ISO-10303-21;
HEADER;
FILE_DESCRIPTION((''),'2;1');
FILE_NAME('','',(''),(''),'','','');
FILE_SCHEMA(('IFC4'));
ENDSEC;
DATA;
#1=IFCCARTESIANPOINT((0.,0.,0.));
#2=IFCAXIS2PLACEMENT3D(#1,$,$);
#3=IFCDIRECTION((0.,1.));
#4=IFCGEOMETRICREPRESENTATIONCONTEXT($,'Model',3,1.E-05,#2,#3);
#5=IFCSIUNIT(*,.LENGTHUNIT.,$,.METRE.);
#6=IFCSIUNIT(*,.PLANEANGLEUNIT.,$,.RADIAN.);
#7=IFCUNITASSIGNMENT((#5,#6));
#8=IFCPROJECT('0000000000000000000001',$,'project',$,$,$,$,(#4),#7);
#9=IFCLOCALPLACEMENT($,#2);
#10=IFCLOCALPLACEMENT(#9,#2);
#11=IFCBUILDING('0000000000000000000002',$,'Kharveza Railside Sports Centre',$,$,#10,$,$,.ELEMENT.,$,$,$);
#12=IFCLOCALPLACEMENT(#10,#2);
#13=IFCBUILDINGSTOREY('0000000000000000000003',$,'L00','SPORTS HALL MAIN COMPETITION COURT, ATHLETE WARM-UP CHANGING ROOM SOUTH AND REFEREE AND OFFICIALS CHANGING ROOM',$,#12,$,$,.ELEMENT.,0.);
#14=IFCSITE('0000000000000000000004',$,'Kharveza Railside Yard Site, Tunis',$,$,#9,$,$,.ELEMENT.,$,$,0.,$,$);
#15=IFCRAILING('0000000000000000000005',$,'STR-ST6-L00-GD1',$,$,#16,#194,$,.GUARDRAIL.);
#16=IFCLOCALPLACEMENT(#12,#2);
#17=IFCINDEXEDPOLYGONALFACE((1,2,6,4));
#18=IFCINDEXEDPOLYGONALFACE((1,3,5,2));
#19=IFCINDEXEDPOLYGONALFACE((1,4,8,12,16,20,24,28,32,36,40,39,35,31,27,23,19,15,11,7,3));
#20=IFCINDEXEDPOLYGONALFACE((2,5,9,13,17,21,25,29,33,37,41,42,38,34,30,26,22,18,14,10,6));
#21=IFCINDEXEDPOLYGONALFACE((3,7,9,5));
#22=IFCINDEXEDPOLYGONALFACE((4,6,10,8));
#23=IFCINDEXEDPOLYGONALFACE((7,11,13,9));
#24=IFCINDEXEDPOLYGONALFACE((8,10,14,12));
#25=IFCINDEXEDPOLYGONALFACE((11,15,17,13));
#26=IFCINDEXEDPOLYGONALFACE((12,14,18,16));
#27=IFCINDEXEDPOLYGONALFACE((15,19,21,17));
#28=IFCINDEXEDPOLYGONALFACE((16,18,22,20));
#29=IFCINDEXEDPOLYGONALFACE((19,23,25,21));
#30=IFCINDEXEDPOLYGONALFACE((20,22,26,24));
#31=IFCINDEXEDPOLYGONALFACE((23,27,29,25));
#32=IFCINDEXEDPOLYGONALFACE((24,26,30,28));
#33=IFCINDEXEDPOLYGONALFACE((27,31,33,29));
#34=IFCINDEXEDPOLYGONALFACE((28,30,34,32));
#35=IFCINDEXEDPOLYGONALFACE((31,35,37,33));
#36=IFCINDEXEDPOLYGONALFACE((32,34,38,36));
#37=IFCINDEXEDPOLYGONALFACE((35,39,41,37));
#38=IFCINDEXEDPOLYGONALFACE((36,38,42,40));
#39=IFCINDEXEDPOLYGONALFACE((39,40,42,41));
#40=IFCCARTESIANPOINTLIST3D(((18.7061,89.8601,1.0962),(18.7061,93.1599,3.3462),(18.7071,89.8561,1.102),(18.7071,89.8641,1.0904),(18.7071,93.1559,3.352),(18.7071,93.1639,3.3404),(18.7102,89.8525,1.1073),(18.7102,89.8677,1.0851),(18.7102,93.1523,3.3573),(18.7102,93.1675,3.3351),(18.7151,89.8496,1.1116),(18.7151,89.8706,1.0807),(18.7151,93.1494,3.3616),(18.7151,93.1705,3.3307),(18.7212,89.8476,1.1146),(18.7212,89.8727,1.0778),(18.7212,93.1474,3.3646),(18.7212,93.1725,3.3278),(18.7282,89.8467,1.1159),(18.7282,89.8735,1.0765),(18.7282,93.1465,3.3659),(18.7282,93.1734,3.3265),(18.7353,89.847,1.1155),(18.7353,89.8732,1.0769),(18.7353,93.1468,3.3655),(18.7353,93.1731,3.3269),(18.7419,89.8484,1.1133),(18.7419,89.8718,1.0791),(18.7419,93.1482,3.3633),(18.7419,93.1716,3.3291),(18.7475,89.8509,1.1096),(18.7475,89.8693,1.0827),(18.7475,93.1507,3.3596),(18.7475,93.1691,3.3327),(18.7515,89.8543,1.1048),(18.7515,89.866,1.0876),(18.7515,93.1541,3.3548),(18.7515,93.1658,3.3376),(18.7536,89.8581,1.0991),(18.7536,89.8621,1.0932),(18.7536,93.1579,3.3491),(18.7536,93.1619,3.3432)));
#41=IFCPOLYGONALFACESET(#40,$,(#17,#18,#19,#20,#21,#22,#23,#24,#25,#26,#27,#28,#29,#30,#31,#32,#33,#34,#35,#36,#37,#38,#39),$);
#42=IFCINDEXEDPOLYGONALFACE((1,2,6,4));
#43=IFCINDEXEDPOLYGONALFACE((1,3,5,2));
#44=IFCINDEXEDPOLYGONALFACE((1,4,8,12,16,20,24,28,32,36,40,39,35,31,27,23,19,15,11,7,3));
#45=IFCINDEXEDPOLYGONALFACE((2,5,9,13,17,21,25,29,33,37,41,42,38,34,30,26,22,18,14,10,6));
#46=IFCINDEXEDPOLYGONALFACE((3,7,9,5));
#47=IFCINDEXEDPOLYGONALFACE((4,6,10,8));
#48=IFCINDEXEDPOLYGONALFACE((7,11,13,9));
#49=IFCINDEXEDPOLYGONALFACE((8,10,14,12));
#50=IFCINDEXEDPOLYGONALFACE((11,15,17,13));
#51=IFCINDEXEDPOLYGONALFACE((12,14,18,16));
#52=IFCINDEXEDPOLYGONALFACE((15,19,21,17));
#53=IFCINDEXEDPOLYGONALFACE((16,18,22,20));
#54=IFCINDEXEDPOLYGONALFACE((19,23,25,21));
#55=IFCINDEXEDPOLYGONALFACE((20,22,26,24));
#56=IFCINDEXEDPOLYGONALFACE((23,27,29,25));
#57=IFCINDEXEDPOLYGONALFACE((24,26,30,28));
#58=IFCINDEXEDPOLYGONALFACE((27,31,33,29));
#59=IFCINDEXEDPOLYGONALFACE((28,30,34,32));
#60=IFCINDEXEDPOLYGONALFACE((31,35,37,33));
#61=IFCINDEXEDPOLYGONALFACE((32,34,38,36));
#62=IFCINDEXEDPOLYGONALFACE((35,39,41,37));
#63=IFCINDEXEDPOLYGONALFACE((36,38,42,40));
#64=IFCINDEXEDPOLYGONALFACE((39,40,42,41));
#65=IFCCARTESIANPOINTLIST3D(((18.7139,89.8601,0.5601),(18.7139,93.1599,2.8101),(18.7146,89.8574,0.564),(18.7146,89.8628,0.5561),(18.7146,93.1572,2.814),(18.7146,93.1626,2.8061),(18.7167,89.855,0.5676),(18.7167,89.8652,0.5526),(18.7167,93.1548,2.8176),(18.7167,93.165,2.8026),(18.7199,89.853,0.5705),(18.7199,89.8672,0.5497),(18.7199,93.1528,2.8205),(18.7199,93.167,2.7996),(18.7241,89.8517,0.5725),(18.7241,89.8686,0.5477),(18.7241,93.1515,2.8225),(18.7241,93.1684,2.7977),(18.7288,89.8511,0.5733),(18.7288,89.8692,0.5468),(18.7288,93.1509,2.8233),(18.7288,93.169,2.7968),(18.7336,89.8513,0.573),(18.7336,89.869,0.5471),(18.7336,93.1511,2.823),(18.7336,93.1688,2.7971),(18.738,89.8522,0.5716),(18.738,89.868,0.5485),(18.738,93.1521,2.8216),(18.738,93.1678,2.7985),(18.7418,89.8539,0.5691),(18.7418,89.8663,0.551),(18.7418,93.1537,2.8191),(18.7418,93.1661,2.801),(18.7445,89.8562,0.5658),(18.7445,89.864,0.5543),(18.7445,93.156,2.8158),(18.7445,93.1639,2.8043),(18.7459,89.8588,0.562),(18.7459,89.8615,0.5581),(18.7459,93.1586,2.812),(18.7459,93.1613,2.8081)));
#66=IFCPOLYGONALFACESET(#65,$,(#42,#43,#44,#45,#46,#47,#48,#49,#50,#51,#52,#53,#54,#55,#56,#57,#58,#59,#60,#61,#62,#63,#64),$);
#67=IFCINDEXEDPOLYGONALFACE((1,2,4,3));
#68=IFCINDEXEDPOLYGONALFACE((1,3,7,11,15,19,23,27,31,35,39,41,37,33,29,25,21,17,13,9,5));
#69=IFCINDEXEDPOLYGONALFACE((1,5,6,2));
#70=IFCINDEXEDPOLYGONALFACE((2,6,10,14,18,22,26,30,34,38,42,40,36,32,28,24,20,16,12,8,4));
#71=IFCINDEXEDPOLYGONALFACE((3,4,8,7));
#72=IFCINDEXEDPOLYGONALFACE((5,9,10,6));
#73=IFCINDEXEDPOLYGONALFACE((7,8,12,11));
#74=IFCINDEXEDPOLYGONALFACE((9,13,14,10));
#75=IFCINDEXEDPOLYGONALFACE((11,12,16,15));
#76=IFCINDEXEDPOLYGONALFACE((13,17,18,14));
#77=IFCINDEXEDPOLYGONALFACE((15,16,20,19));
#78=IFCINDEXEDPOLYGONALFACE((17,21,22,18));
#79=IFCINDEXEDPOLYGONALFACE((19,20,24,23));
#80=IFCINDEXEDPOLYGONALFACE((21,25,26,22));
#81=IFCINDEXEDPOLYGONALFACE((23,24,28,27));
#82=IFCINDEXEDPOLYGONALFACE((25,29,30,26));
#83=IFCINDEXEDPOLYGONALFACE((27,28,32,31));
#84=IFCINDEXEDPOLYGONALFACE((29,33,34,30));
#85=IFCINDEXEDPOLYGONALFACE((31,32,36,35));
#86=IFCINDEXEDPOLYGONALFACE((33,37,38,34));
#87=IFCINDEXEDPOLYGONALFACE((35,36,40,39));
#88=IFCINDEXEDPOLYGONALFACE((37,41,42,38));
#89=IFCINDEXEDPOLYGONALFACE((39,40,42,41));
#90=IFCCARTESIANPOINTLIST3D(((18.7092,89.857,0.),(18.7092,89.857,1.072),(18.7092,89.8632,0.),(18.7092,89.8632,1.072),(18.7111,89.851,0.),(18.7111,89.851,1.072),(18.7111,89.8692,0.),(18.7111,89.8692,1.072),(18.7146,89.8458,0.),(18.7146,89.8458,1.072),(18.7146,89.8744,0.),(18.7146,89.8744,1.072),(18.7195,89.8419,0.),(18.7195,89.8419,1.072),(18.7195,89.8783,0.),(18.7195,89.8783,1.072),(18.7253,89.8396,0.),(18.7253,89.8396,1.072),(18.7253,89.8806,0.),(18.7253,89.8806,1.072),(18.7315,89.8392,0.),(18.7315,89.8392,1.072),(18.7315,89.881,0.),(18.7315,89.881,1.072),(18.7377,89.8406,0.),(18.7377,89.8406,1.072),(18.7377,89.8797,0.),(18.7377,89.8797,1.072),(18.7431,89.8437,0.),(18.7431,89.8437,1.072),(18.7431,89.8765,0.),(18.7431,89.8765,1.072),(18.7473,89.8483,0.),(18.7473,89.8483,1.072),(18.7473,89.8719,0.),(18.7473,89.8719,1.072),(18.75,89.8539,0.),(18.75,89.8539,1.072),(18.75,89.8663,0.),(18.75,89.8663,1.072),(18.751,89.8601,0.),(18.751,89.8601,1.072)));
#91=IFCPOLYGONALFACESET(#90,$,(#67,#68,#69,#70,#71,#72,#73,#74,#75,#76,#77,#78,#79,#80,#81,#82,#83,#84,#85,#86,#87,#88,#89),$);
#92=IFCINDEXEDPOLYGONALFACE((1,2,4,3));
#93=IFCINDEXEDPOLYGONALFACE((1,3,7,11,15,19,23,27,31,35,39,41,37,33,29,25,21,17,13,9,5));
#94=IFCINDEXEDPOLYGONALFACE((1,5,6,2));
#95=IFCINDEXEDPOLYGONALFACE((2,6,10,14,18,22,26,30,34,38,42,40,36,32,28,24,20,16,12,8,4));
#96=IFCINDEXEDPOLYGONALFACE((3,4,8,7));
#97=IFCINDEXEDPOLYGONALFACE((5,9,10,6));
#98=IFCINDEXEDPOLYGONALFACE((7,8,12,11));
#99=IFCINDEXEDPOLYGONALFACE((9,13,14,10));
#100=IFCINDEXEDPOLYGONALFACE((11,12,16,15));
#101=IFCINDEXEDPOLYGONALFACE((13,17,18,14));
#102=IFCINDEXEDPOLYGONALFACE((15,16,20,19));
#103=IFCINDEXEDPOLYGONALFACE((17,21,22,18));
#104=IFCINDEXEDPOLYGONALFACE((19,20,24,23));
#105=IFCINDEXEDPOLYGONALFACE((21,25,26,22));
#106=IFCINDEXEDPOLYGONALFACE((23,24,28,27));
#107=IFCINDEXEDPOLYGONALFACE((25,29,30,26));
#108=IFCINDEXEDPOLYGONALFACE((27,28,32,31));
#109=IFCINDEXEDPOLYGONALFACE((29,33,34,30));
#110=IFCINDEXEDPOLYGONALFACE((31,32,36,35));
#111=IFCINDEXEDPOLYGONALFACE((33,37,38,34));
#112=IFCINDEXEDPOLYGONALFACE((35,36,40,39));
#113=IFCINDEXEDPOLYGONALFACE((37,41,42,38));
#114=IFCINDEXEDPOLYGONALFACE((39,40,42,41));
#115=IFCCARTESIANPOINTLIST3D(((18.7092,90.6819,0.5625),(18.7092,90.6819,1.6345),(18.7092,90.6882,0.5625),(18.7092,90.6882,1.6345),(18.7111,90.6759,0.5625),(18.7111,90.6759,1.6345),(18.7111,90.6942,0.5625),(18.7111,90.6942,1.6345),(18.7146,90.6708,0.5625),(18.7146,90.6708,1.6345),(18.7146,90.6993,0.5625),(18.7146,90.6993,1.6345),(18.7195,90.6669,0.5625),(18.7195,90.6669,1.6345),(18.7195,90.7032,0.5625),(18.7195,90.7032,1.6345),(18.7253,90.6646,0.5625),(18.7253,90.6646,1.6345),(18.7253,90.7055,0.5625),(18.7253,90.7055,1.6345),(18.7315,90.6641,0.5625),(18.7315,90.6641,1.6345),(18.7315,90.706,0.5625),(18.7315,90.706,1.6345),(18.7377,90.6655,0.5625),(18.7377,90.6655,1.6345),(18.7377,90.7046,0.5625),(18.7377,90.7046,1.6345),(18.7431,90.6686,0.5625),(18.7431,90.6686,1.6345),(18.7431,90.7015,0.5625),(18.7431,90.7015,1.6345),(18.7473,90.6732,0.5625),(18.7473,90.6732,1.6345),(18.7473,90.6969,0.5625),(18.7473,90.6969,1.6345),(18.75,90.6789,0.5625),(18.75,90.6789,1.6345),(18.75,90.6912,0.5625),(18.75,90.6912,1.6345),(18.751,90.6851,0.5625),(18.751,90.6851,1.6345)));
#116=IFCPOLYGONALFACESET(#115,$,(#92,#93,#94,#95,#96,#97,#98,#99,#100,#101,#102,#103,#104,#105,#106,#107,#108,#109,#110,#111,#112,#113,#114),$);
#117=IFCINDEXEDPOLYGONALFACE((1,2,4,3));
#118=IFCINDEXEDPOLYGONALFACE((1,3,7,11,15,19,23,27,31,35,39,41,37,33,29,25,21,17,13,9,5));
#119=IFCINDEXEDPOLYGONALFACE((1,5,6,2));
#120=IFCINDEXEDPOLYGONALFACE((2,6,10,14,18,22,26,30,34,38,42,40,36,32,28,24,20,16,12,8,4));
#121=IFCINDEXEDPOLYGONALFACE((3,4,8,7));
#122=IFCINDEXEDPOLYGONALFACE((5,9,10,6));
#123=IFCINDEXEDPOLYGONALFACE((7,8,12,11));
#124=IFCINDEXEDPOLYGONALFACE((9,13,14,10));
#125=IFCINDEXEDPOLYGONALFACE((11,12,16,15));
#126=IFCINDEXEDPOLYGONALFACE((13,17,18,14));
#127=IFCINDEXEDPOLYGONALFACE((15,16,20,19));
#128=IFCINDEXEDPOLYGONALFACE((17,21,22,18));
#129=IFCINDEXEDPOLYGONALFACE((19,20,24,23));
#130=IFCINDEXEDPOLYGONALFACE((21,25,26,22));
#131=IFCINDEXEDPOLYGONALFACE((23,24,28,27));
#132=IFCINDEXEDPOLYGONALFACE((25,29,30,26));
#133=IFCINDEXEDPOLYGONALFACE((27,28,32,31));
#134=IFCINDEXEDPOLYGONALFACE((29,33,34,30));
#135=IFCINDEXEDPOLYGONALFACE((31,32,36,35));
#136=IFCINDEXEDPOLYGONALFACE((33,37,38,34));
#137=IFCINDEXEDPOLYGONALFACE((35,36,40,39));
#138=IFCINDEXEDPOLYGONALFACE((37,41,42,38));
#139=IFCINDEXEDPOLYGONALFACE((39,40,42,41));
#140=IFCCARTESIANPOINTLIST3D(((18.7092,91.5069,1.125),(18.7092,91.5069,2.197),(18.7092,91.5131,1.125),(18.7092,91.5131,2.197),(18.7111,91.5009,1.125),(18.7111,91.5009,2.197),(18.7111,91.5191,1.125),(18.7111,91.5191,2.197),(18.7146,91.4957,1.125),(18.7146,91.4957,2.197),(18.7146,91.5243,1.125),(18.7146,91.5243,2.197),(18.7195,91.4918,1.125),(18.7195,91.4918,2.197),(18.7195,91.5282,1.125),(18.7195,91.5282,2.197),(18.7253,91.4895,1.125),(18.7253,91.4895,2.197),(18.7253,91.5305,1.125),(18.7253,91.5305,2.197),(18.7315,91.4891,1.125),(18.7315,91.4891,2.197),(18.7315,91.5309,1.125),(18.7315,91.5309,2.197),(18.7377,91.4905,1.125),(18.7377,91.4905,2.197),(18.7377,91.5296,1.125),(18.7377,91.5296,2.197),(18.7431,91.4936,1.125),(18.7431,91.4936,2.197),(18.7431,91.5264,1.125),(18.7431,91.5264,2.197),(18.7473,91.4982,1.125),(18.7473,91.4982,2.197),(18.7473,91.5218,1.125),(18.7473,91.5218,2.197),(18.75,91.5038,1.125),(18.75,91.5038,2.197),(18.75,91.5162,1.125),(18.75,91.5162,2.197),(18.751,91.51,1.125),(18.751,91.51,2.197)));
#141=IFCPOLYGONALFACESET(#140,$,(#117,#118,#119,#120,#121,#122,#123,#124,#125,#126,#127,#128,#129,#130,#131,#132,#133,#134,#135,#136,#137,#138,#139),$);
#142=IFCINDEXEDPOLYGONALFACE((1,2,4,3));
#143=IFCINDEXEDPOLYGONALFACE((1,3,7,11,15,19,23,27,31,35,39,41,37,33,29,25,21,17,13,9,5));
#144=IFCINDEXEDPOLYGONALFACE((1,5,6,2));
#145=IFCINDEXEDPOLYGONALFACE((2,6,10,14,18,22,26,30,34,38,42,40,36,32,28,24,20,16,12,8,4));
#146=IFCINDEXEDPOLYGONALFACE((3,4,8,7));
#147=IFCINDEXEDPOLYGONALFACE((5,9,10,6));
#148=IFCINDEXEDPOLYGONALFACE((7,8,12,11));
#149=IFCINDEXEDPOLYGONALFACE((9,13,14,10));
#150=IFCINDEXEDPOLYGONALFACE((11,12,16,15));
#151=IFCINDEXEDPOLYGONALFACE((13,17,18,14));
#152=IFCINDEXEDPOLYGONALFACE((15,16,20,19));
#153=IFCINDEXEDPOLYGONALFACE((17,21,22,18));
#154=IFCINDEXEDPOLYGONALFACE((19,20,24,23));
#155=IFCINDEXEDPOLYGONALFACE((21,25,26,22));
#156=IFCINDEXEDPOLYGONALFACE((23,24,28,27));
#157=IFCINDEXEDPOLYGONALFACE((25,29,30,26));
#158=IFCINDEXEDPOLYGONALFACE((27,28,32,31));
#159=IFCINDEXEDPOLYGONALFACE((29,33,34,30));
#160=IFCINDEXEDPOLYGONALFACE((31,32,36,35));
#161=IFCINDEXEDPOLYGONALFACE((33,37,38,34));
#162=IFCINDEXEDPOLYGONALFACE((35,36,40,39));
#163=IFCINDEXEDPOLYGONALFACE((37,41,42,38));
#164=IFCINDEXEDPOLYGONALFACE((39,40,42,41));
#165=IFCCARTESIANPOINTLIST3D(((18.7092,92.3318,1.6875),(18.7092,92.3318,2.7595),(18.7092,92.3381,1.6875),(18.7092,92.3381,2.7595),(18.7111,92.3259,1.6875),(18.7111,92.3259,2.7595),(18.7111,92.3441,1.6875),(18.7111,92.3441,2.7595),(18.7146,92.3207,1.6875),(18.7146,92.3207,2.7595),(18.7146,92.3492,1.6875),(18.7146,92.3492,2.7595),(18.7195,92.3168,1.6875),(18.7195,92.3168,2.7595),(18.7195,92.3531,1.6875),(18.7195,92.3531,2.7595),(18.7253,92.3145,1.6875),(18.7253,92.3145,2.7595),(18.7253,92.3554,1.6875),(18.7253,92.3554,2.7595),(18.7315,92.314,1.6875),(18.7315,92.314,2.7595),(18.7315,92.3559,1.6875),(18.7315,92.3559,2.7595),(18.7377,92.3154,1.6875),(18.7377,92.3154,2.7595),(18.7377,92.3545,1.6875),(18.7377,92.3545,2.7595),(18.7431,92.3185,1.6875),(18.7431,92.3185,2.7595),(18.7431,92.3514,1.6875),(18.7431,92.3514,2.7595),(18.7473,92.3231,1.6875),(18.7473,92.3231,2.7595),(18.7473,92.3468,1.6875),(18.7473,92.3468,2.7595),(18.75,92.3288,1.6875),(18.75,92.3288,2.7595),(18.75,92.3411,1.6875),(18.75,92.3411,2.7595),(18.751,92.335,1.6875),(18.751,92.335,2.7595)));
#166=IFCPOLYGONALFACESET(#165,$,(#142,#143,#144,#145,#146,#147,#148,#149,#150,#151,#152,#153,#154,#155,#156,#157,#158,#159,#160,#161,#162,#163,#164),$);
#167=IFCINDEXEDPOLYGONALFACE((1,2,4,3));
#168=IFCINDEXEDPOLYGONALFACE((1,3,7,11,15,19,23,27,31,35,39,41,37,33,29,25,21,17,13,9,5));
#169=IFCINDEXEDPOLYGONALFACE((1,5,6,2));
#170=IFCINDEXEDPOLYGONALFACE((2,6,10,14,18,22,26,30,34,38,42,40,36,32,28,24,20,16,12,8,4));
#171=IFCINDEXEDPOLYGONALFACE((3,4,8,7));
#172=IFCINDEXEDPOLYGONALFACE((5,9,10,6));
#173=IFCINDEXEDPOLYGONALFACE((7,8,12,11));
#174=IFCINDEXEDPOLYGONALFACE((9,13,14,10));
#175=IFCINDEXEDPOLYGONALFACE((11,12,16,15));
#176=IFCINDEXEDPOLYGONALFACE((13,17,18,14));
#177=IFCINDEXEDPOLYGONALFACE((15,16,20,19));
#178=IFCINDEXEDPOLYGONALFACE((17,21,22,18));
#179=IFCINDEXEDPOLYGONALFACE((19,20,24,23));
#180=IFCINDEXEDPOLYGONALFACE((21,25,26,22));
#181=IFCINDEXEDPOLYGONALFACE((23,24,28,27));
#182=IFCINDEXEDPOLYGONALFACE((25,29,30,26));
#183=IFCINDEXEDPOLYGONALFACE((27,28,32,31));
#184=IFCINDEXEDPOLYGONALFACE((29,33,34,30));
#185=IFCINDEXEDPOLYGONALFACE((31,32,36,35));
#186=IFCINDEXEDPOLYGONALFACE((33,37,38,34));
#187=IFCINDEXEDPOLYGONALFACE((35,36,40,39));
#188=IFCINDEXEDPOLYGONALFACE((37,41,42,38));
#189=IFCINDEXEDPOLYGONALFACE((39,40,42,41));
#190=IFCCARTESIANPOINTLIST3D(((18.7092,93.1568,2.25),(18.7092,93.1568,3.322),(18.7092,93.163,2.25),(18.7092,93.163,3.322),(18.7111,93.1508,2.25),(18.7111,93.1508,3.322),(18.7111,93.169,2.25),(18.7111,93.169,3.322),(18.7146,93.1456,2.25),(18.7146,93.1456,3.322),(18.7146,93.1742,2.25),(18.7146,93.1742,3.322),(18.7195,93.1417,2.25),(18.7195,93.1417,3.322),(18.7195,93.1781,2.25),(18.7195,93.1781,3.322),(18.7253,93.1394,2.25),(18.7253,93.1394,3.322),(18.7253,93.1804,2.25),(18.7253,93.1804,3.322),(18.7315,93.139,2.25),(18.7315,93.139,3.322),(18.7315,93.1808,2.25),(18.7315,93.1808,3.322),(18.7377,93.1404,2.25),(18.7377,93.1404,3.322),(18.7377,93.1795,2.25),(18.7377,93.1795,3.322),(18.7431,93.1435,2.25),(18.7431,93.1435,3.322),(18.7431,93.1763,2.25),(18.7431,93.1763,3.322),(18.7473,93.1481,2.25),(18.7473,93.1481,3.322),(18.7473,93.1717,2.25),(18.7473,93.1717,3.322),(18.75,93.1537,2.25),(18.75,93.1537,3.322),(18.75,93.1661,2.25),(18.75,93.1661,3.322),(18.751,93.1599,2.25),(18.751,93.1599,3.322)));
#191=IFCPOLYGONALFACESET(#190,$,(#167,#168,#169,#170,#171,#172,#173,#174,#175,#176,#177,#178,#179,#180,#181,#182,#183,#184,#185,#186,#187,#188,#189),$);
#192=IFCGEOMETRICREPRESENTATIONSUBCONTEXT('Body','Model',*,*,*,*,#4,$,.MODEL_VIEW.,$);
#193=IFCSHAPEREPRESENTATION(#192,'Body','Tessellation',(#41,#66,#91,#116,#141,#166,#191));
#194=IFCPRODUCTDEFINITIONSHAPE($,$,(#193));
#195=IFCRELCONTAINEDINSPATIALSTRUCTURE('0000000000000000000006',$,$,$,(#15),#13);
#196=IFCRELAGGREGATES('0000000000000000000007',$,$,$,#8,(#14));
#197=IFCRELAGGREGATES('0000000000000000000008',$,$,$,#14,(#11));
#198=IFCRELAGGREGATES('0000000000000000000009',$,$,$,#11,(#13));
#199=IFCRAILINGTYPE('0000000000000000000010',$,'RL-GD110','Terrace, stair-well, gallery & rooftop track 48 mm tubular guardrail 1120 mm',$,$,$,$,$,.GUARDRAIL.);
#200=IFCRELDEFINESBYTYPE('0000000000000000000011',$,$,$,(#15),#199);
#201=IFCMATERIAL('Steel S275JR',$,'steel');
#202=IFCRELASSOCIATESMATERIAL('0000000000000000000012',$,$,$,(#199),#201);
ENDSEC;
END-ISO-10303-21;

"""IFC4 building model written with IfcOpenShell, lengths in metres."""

from ifc_helpers import new_model, si_unit, direction, frame, origin, origin_2d, place, context, subcontext, project, spatial, circle, extrude, material, type_object, element, save


model = new_model("IFC4")

# Units and contexts
model_context = context("Model", 3, precision=1e-05, world=origin(), true_north=direction((0.0, 1.0)))
body_context = subcontext(model_context, "Body", "Model", "MODEL_VIEW")
ifc_project = project(units=[si_unit("LENGTHUNIT", "METRE"), si_unit("PLANEANGLEUNIT", "RADIAN")], contexts=[model_context])

# Site, building, storey
site_placement = place(None, origin())
site = spatial("IfcSite", under=ifc_project, at=site_placement, Name="Kharveza Railside Yard Site, Tunis", CompositionType="ELEMENT", RefElevation=0.0)
building_placement = place(site_placement, origin())
building = spatial("IfcBuilding", under=site, at=building_placement, Name="Kharveza Railside Sports Centre", CompositionType="ELEMENT")
storey_placement = place(building_placement, origin())
storey = spatial("IfcBuildingStorey", under=building, at=storey_placement, Name="L00", Description="SPORTS HALL MAIN COMPETITION COURT, ATHLETE WARM-UP CHANGING ROOM SOUTH AND REFEREE AND OFFICIALS CHANGING ROOM", CompositionType="ELEMENT", Elevation=0.0)

# Railing
ifc_material_1 = material(Name="Steel S275JR", Category="steel")
railing_type_1 = type_object("IfcRailingType", Name="RL-GD110", Description="Terrace, stair-well, gallery & rooftop track 48 mm tubular guardrail 1120 mm", PredefinedType="GUARDRAIL", material=ifc_material_1)
railing_1_placement = place(storey_placement, frame((18.73, 89.8601, 0.0)))
element("IfcRailing", 1, at=railing_1_placement, inside=storey, type_object=railing_type_1, Name="STR-ST6-L00-GD1", PredefinedType="GUARDRAIL", context=body_context, shape_type="SweptSolid", body=[
    extrude(circle(Radius=0.0239, at=origin_2d()), frame((0.0, 0.0, 1.0962), z_axis=(0.0, 0.826212, 0.56336), x_axis=(-1.0, 0.0, 0.0)), (0.0, 0.0, 1.0), 3.9939),
    extrude(circle(Radius=0.0161, at=origin_2d()), frame((0.0, 0.0, 0.5601), z_axis=(0.0, 0.826212, 0.56336), x_axis=(-1.0, 0.0, 0.0)), (0.0, 0.0, 1.0), 3.9939),
    extrude(circle(Radius=0.021, at=origin_2d()), origin(), (0.0, 0.0, 1.0), 1.072),
    extrude(circle(Radius=0.021, at=origin_2d()), frame((0.0, 0.825, 0.5625)), (0.0, 0.0, 1.0), 1.072),
    extrude(circle(Radius=0.021, at=origin_2d()), frame((0.0, 1.6499, 1.125)), (0.0, 0.0, 1.0), 1.072),
    extrude(circle(Radius=0.021, at=origin_2d()), frame((0.0, 2.4749, 1.6875)), (0.0, 0.0, 1.0), 1.072),
    extrude(circle(Radius=0.021, at=origin_2d()), frame((0.0, 3.2998, 2.25)), (0.0, 0.0, 1.0), 1.072),
])

save(model, "model.ifc")
